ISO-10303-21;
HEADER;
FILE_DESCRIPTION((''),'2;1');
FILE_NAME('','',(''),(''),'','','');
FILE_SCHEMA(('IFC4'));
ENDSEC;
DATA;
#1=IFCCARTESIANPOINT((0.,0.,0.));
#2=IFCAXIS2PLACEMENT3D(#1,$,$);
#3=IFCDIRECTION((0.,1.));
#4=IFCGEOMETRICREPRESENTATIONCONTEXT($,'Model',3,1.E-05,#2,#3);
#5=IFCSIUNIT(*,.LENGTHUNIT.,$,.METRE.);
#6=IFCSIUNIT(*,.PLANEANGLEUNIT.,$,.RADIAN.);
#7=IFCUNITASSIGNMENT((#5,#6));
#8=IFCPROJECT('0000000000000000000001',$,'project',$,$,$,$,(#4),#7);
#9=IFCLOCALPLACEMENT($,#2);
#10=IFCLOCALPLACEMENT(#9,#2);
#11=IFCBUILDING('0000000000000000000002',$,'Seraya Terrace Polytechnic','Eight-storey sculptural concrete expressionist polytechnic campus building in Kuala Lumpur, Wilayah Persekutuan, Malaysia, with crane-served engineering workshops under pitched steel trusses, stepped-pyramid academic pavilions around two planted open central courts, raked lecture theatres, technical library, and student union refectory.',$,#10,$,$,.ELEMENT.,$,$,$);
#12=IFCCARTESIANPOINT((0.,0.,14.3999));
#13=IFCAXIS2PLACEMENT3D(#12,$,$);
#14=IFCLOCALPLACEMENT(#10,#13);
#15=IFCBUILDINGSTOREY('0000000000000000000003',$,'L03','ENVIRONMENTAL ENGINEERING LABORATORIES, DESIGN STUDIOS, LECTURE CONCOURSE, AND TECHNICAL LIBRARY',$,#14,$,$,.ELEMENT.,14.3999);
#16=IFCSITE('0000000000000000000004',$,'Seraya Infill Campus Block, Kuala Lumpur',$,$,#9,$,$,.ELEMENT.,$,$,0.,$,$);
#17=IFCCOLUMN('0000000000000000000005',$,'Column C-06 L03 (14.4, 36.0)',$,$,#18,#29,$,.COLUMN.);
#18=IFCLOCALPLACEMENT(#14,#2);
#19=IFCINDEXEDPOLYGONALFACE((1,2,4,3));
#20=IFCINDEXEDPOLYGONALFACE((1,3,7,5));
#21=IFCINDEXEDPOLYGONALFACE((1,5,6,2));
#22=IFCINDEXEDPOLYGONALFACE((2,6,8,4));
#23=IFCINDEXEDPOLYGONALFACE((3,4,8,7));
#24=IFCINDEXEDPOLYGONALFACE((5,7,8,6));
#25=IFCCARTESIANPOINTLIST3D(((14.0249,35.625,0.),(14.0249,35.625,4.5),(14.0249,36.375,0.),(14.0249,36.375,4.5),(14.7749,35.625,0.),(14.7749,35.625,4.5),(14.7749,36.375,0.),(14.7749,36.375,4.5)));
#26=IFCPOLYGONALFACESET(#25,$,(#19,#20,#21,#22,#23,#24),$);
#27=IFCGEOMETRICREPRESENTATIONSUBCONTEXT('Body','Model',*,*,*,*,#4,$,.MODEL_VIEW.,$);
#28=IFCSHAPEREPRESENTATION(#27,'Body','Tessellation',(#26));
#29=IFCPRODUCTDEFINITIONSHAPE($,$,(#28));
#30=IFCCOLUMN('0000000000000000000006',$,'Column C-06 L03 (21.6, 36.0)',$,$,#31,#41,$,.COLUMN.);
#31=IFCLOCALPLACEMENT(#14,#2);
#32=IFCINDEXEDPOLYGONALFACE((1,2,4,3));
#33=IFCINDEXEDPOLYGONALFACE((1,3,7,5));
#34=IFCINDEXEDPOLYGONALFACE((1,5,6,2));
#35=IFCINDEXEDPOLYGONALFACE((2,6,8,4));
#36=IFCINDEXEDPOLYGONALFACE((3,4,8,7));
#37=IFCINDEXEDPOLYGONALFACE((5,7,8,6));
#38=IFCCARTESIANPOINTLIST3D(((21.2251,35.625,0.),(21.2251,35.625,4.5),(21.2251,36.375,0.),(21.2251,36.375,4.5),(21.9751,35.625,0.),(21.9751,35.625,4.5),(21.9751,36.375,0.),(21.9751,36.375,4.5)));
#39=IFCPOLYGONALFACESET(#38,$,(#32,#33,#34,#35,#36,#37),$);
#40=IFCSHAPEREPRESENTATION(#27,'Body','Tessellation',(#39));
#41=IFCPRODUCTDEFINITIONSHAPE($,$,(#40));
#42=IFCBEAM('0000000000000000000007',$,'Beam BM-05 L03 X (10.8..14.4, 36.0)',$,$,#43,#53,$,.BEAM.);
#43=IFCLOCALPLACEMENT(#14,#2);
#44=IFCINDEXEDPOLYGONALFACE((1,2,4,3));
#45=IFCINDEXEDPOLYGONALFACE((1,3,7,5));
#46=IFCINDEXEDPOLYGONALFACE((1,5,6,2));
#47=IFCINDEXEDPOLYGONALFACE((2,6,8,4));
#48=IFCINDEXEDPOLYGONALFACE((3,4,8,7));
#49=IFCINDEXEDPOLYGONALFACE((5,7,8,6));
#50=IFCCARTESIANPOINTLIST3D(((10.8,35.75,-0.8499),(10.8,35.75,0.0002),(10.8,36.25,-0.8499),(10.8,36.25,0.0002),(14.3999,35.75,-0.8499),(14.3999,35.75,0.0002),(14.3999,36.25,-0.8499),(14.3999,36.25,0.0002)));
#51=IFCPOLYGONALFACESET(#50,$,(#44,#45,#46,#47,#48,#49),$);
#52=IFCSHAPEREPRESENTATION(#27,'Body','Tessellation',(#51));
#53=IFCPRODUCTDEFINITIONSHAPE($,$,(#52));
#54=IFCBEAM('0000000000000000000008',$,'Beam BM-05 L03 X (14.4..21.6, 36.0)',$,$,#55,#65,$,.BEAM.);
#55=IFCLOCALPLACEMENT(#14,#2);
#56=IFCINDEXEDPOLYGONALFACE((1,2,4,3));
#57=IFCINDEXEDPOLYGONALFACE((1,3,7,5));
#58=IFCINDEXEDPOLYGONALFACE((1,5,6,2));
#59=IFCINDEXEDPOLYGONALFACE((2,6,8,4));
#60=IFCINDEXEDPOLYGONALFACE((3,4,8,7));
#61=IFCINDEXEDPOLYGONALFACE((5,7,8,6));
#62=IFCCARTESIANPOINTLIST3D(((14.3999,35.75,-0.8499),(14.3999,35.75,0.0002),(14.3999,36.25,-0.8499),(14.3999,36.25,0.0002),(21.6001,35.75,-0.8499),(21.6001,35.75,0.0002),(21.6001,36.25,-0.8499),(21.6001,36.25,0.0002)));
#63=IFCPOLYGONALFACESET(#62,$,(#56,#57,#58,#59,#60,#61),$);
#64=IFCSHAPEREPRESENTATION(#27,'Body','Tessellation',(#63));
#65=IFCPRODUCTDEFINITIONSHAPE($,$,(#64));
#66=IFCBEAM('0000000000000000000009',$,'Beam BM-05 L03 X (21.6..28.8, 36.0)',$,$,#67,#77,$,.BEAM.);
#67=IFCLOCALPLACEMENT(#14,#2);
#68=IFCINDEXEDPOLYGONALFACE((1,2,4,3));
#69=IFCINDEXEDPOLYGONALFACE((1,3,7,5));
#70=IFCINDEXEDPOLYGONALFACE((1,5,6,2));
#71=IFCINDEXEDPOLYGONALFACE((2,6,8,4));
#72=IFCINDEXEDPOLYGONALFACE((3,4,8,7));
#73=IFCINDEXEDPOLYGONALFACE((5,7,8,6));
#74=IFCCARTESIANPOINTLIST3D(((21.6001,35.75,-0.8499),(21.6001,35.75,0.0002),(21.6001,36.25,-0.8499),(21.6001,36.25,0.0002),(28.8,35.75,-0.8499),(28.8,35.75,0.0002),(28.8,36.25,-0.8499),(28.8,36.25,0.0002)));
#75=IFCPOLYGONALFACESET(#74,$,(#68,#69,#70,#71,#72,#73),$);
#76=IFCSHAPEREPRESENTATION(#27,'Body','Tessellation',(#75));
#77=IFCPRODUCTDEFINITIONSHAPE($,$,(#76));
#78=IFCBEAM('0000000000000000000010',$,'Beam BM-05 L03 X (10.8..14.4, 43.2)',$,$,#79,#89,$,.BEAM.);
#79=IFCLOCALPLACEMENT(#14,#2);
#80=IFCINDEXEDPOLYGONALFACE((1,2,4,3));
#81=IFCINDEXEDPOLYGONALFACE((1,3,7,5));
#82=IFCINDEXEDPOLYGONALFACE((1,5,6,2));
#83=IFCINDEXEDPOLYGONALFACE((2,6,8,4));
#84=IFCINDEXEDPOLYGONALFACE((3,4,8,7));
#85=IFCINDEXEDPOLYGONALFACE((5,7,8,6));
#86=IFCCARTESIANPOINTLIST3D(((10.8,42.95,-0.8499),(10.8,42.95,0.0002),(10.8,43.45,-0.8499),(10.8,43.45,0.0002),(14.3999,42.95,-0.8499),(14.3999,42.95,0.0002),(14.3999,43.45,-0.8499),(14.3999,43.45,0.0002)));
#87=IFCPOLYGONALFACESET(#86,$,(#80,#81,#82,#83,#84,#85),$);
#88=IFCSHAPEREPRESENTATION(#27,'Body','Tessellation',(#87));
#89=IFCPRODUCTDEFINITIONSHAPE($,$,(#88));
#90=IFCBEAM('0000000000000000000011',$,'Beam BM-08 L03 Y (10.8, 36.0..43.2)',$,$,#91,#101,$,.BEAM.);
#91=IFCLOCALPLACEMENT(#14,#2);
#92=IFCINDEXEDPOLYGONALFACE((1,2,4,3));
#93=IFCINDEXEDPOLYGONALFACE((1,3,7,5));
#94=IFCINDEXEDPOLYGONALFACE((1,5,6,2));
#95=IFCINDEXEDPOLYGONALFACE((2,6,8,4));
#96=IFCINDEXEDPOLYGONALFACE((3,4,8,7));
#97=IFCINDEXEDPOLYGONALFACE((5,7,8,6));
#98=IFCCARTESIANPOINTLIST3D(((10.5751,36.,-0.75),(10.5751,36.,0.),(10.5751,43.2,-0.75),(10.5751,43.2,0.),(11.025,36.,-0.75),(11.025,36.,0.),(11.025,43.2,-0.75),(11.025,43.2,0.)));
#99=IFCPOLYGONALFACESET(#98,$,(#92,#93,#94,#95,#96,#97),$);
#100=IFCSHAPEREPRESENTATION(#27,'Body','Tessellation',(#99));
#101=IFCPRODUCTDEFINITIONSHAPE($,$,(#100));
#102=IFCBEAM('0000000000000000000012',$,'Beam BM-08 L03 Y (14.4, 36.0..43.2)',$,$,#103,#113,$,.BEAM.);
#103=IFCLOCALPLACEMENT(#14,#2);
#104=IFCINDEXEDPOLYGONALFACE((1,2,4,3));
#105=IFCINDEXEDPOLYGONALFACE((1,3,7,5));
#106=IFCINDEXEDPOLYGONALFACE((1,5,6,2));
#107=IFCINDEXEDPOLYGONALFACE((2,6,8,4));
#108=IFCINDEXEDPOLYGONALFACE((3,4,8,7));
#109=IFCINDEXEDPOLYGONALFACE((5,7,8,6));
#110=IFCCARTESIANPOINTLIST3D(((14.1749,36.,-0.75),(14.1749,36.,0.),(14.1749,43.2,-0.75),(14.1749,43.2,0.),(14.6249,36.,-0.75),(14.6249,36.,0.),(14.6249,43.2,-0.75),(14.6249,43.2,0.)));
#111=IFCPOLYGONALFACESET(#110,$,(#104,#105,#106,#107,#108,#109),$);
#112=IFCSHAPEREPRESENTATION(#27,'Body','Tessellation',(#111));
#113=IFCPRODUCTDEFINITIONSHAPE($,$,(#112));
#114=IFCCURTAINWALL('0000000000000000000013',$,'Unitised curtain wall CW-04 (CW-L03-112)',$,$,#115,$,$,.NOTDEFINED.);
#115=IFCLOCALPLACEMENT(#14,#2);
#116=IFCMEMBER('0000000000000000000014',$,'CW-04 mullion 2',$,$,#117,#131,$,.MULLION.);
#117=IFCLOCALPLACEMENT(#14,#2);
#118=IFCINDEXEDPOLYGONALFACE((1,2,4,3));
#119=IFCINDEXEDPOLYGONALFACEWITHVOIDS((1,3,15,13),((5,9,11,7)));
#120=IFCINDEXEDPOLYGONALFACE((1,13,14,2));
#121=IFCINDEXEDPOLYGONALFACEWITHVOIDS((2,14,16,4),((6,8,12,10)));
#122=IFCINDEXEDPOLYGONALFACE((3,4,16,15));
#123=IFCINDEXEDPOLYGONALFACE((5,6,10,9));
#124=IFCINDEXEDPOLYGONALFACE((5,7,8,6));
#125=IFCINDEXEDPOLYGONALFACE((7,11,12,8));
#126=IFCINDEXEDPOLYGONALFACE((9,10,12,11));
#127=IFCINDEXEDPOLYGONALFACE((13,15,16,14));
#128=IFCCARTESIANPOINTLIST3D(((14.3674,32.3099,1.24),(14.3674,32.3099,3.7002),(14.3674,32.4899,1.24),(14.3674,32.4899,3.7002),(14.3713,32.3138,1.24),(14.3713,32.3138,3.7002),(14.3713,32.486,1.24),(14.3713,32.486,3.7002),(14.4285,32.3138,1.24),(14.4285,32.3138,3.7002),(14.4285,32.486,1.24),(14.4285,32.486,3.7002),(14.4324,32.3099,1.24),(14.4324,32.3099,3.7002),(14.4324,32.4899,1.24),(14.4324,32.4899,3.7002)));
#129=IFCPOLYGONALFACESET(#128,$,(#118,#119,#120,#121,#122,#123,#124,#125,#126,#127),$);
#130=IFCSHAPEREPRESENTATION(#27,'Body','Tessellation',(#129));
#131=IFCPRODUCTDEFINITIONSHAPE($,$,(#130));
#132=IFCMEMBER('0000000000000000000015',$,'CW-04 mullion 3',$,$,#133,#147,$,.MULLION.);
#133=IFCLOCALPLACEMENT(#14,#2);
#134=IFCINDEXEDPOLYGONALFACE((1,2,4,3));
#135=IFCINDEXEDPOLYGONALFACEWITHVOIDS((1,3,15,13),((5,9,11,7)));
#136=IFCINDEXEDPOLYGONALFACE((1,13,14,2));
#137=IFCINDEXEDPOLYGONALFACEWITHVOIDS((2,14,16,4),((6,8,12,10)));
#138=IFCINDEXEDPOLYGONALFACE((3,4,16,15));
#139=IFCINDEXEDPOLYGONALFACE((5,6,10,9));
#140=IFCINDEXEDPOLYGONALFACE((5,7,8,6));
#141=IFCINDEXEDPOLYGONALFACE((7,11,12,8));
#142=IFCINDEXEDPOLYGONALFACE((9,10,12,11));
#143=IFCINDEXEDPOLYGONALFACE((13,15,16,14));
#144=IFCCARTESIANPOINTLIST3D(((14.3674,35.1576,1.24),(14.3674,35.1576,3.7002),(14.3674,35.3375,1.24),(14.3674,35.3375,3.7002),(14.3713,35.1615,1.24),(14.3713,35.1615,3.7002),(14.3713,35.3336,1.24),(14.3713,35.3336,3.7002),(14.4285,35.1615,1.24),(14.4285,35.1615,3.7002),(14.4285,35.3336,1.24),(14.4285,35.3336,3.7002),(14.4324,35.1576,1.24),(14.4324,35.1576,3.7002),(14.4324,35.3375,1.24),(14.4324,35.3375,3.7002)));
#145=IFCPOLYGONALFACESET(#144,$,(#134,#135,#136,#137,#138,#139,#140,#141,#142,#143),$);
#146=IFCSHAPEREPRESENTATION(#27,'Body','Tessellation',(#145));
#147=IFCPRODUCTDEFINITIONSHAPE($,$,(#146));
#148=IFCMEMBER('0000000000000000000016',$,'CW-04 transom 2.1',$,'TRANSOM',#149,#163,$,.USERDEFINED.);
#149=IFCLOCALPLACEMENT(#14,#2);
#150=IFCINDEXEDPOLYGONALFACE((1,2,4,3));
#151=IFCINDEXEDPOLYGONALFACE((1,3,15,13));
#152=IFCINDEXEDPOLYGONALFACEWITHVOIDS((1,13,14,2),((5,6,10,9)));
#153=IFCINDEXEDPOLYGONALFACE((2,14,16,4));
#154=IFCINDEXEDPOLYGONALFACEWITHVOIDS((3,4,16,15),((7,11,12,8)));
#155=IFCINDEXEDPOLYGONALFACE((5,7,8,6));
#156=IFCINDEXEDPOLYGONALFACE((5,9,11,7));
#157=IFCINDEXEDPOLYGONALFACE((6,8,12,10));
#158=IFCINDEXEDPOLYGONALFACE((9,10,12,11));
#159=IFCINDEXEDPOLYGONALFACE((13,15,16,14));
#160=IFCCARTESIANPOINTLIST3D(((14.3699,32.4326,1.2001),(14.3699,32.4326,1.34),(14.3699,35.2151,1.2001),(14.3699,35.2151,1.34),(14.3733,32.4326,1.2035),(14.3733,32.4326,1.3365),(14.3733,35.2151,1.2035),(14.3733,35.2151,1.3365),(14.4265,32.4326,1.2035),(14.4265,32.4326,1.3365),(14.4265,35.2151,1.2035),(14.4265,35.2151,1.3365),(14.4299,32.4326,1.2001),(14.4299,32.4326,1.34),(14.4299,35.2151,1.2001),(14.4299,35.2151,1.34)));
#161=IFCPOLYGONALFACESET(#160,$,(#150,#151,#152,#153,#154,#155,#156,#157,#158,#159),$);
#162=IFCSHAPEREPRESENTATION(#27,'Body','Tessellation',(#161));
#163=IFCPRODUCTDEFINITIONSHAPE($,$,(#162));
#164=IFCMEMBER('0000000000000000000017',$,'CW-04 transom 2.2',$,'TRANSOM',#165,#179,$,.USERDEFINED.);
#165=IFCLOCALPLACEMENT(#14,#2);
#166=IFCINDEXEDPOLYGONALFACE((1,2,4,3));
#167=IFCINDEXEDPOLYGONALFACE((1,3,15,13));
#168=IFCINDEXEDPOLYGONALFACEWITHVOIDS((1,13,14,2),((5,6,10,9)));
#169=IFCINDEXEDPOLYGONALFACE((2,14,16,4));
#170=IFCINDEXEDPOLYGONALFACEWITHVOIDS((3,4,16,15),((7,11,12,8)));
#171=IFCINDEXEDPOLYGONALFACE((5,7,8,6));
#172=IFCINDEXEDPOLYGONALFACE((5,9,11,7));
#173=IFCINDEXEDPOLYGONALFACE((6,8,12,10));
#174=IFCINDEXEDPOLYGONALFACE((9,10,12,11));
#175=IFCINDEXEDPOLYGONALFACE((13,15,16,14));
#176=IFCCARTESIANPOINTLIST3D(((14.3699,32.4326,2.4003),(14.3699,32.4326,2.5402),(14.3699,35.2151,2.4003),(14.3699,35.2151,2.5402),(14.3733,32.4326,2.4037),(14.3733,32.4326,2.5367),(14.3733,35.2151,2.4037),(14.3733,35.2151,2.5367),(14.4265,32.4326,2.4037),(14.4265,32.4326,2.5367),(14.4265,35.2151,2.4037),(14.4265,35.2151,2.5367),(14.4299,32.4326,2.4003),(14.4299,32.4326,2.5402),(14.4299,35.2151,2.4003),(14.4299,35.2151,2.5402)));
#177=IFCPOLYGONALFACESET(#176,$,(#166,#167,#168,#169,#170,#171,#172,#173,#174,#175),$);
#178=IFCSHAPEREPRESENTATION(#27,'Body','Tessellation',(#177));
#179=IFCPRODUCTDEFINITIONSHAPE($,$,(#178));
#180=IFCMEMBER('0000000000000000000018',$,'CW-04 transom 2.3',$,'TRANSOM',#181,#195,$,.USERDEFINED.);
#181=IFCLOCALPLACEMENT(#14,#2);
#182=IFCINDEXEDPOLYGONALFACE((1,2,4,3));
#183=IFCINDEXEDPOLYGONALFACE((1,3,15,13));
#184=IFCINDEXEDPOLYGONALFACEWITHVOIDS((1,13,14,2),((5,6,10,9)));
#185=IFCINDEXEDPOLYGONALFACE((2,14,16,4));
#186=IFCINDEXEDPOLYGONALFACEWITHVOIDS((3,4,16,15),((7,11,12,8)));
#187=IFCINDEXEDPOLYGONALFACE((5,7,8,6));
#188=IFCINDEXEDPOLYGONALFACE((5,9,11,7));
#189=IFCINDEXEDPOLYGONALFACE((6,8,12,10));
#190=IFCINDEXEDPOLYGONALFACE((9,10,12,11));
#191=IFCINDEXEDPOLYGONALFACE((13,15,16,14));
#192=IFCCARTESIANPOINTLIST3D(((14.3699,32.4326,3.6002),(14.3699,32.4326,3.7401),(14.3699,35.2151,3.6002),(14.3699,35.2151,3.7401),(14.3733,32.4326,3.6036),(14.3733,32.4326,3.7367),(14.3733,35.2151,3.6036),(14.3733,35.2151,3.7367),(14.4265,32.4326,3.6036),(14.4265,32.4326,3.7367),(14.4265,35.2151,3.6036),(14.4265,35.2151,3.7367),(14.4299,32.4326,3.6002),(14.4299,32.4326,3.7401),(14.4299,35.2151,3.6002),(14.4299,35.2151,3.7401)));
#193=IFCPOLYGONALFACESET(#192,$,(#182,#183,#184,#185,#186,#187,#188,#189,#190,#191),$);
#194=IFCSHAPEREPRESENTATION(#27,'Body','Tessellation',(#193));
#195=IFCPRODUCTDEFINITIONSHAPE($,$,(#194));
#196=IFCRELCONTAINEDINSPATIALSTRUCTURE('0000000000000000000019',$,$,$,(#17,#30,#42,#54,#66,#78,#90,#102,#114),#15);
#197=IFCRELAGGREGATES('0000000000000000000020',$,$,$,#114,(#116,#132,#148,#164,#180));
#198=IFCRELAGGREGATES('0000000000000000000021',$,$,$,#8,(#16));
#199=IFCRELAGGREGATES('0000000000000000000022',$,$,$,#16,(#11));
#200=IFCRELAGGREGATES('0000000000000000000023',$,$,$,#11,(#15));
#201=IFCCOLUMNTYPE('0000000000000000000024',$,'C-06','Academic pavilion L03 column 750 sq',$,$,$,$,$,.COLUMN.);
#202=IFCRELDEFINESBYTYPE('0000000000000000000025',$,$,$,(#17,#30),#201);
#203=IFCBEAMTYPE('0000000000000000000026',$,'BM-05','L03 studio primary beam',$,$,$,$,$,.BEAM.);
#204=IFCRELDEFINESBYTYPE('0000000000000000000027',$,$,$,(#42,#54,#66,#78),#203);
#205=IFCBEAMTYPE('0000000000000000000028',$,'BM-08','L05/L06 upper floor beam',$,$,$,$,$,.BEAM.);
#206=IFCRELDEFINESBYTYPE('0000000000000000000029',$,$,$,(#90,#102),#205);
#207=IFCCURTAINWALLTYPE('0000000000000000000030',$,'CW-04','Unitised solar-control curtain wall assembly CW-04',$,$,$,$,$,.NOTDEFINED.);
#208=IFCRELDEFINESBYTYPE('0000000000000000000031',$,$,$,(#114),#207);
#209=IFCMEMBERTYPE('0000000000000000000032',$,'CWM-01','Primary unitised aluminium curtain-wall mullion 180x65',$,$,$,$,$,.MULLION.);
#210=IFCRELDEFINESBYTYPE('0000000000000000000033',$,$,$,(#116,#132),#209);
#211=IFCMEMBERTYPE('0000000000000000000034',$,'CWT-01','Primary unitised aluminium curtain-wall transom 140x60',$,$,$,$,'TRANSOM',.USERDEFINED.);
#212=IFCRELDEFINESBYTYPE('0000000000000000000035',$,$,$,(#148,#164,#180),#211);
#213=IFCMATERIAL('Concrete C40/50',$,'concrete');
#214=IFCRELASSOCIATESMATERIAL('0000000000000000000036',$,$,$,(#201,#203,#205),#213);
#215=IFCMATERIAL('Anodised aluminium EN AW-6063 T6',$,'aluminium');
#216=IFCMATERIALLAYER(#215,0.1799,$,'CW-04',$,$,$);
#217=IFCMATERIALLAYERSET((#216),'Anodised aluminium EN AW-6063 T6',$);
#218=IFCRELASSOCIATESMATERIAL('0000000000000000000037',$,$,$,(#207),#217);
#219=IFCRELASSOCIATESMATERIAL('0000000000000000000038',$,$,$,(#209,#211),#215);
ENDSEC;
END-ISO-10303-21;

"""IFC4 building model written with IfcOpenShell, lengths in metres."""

from ifc_helpers import new_model, si_unit, direction, frame, origin, origin_2d, place, context, subcontext, project, spatial, rectangle, hollow_rectangle, extrude, material, layer, layer_set, material_profile, profile_set, type_object, element, aggregate, save


model = new_model("IFC4")

# Units and contexts
model_context = context("Model", 3, precision=1e-05, world=origin(), true_north=direction((0.0, 1.0)))
body_context = subcontext(model_context, "Body", "Model", "MODEL_VIEW")
ifc_project = project(units=[si_unit("LENGTHUNIT", "METRE"), si_unit("PLANEANGLEUNIT", "RADIAN")], contexts=[model_context])

# Site, building, storey
site_placement = place(None, origin())
site = spatial("IfcSite", under=ifc_project, at=site_placement, Name="Seraya Infill Campus Block, Kuala Lumpur", CompositionType="ELEMENT", RefElevation=0.0)
building_placement = place(site_placement, origin())
building = spatial("IfcBuilding", under=site, at=building_placement, Name="Seraya Terrace Polytechnic", Description="Eight-storey sculptural concrete expressionist polytechnic campus building in Kuala Lumpur, Wilayah Persekutuan, Malaysia, with crane-served engineering workshops under pitched steel trusses, stepped-pyramid academic pavilions around two planted open central courts, raked lecture theatres, technical library, and student union refectory.", CompositionType="ELEMENT")
storey_placement = place(building_placement, frame((0.0, 0.0, 14.3999)))
storey = spatial("IfcBuildingStorey", under=building, at=storey_placement, Name="L03", Description="ENVIRONMENTAL ENGINEERING LABORATORIES, DESIGN STUDIOS, LECTURE CONCOURSE, AND TECHNICAL LIBRARY", CompositionType="ELEMENT", Elevation=14.3999)

# Columns
ifc_material_1 = material(Name="Concrete C40/50", Category="concrete")
ifc_material_profile_1 = material_profile(ifc_material_1, rectangle(XDim=0.75, YDim=0.75, at=origin_2d()), Name="RC 750x750")
ifc_profile_set_1 = profile_set([ifc_material_profile_1], Name="Concrete C40/50")
column_type = type_object("IfcColumnType", Name="C-06", Description="Academic pavilion L03 column 750 sq", PredefinedType="COLUMN", material=ifc_profile_set_1)
for number, where, z_axis, x_axis, name in (
    (1, (14.3999, 36.0, 0.0), (0.0, 0.0, 1.0), (1.0, 0.0, 0.0), "Column C-06 L03 (14.4, 36.0)"),
    (2, (21.6001, 36.0, 0.0), (0.0, 0.0, 1.0), (1.0, 0.0, 0.0), "Column C-06 L03 (21.6, 36.0)"),
):
    element("IfcColumn", number, at=place(storey_placement, frame(where, z_axis=z_axis, x_axis=x_axis)), inside=storey, type_object=column_type, Name=name, PredefinedType="COLUMN", context=body_context, shape_type="SweptSolid", body=[
        extrude(rectangle(XDim=0.75, YDim=0.75, at=origin_2d()), origin(), (0.0, 0.0, 1.0), 4.5),
    ])

# Beams
ifc_material_profile_2 = material_profile(ifc_material_1, rectangle(XDim=0.5, YDim=0.8501, at=origin_2d()), Name="RC 500x850")
ifc_profile_set_2 = profile_set([ifc_material_profile_2], Name="Concrete C40/50")
beam_type_1 = type_object("IfcBeamType", Name="BM-05", Description="L03 studio primary beam", PredefinedType="BEAM", material=ifc_profile_set_2)
beam_1_placement = place(storey_placement, frame((10.8, 36.0, -0.4248), z_axis=(1.0, 0.0, 0.0), x_axis=(0.0, 1.0, 0.0)))
element("IfcBeam", 3, at=beam_1_placement, inside=storey, type_object=beam_type_1, Name="Beam BM-05 L03 X (10.8..14.4, 36.0)", PredefinedType="BEAM", context=body_context, shape_type="SweptSolid", body=[
    extrude(rectangle(XDim=0.5, YDim=0.8501, at=origin_2d()), origin(), (0.0, 0.0, 1.0), 3.5999),
])
beam_2_placement = place(storey_placement, frame((14.3999, 36.0, -0.4248), z_axis=(1.0, 0.0, 0.0), x_axis=(0.0, 1.0, 0.0)))
element("IfcBeam", 4, at=beam_2_placement, inside=storey, type_object=beam_type_1, Name="Beam BM-05 L03 X (14.4..21.6, 36.0)", PredefinedType="BEAM", context=body_context, shape_type="SweptSolid", body=[
    extrude(rectangle(XDim=0.5, YDim=0.8501, at=origin_2d()), origin(), (0.0, 0.0, 1.0), 7.2002),
])
beam_3_placement = place(storey_placement, frame((21.6001, 36.0, -0.4248), z_axis=(1.0, 0.0, 0.0), x_axis=(0.0, 1.0, 0.0)))
element("IfcBeam", 5, at=beam_3_placement, inside=storey, type_object=beam_type_1, Name="Beam BM-05 L03 X (21.6..28.8, 36.0)", PredefinedType="BEAM", context=body_context, shape_type="SweptSolid", body=[
    extrude(rectangle(XDim=0.5, YDim=0.8501, at=origin_2d()), origin(), (0.0, 0.0, 1.0), 7.2),
])
beam_4_placement = place(storey_placement, frame((10.8, 43.2, -0.4248), z_axis=(1.0, 0.0, 0.0), x_axis=(0.0, 1.0, 0.0)))
element("IfcBeam", 6, at=beam_4_placement, inside=storey, type_object=beam_type_1, Name="Beam BM-05 L03 X (10.8..14.4, 43.2)", PredefinedType="BEAM", context=body_context, shape_type="SweptSolid", body=[
    extrude(rectangle(XDim=0.5, YDim=0.8501, at=origin_2d()), origin(), (0.0, 0.0, 1.0), 3.5999),
])
ifc_material_profile_3 = material_profile(ifc_material_1, rectangle(XDim=0.45, YDim=0.75, at=origin_2d()), Name="RC 450x750")
ifc_profile_set_3 = profile_set([ifc_material_profile_3], Name="Concrete C40/50")
beam_type_2 = type_object("IfcBeamType", Name="BM-08", Description="L05/L06 upper floor beam", PredefinedType="BEAM", material=ifc_profile_set_3)
for number, where, z_axis, x_axis, name in (
    (7, (10.8, 36.0, -0.375), (0.0, 1.0, 0.0), (-1.0, 0.0, 0.0), "Beam BM-08 L03 Y (10.8, 36.0..43.2)"),
    (8, (14.3999, 36.0, -0.375), (0.0, 1.0, 0.0), (-1.0, 0.0, 0.0), "Beam BM-08 L03 Y (14.4, 36.0..43.2)"),
):
    element("IfcBeam", number, at=place(storey_placement, frame(where, z_axis=z_axis, x_axis=x_axis)), inside=storey, type_object=beam_type_2, Name=name, PredefinedType="BEAM", context=body_context, shape_type="SweptSolid", body=[
        extrude(rectangle(XDim=0.45, YDim=0.75, at=origin_2d()), origin(), (0.0, 0.0, 1.0), 7.2),
    ])

# Curtain wall, members
ifc_material_2 = material(Name="Anodised aluminium EN AW-6063 T6", Category="aluminium")
ifc_layer_1 = layer(ifc_material_2, 0.1799, Name="CW-04")
ifc_layer_set_1 = layer_set([ifc_layer_1], Name="Anodised aluminium EN AW-6063 T6")
curtain_wall_type = type_object("IfcCurtainWallType", Name="CW-04", Description="Unitised solar-control curtain wall assembly CW-04", PredefinedType="NOTDEFINED", material=ifc_layer_set_1)
curtain_wall_placement = place(storey_placement, origin())
curtain_wall = element("IfcCurtainWall", 9, at=curtain_wall_placement, inside=storey, type_object=curtain_wall_type, Name="Unitised curtain wall CW-04 (CW-L03-112)", PredefinedType="NOTDEFINED")
ifc_material_profile_4 = material_profile(ifc_material_2, hollow_rectangle(XDim=0.0649, YDim=0.1799, WallThickness=0.0039, at=origin_2d()), Name="RHS 180x65x4.0")
ifc_profile_set_4 = profile_set([ifc_material_profile_4], Name="Anodised aluminium EN AW-6063 T6")
member_type_1 = type_object("IfcMemberType", Name="CWM-01", Description="Primary unitised aluminium curtain-wall mullion 180x65", PredefinedType="MULLION", material=ifc_profile_set_4)
member_1_placement = place(storey_placement, frame((14.3999, 32.3999, 1.24), z_axis=(0.0, 0.0, 1.0), x_axis=(-1.0, 0.0, 0.0)))
member_1 = element("IfcMember", 10, at=member_1_placement, type_object=member_type_1, Name="CW-04 mullion 2", PredefinedType="MULLION", context=body_context, shape_type="SweptSolid", body=[
    extrude(hollow_rectangle(XDim=0.0649, YDim=0.1799, WallThickness=0.0039, at=origin_2d()), origin(), (0.0, 0.0, 1.0), 2.4602),
])
member_2_placement = place(storey_placement, frame((14.3999, 35.2476, 1.24), z_axis=(0.0, 0.0, 1.0), x_axis=(-1.0, 0.0, 0.0)))
member_2 = element("IfcMember", 11, at=member_2_placement, type_object=member_type_1, Name="CW-04 mullion 3", PredefinedType="MULLION", context=body_context, shape_type="SweptSolid", body=[
    extrude(hollow_rectangle(XDim=0.0649, YDim=0.1799, WallThickness=0.0039, at=origin_2d()), origin(), (0.0, 0.0, 1.0), 2.4602),
])
ifc_material_profile_5 = material_profile(ifc_material_2, hollow_rectangle(XDim=0.0601, YDim=0.1399, WallThickness=0.0034, at=origin_2d()), Name="RHS 140x60x3.5")
ifc_profile_set_5 = profile_set([ifc_material_profile_5], Name="Anodised aluminium EN AW-6063 T6")
member_type_2 = type_object("IfcMemberType", Name="CWT-01", Description="Primary unitised aluminium curtain-wall transom 140x60", ElementType="TRANSOM", PredefinedType="USERDEFINED", material=ifc_profile_set_5)
member_3_placement = place(storey_placement, frame((14.3999, 32.4326, 1.27), z_axis=(0.0, 1.0, 0.0), x_axis=(-1.0, 0.0, 0.0)))
member_3 = element("IfcMember", 12, at=member_3_placement, type_object=member_type_2, Name="CW-04 transom 2.1", ObjectType="TRANSOM", PredefinedType="USERDEFINED", context=body_context, shape_type="SweptSolid", body=[
    extrude(hollow_rectangle(XDim=0.0601, YDim=0.1399, WallThickness=0.0034, at=origin_2d()), origin(), (0.0, 0.0, 1.0), 2.7825),
])
member_4_placement = place(storey_placement, frame((14.3999, 32.4326, 2.4702), z_axis=(0.0, 1.0, 0.0), x_axis=(-1.0, 0.0, 0.0)))
member_4 = element("IfcMember", 13, at=member_4_placement, type_object=member_type_2, Name="CW-04 transom 2.2", ObjectType="TRANSOM", PredefinedType="USERDEFINED", context=body_context, shape_type="SweptSolid", body=[
    extrude(hollow_rectangle(XDim=0.0601, YDim=0.1399, WallThickness=0.0034, at=origin_2d()), origin(), (0.0, 0.0, 1.0), 2.7825),
])
member_5_placement = place(storey_placement, frame((14.3999, 32.4326, 3.6702), z_axis=(0.0, 1.0, 0.0), x_axis=(-1.0, 0.0, 0.0)))
member_5 = element("IfcMember", 14, at=member_5_placement, type_object=member_type_2, Name="CW-04 transom 2.3", ObjectType="TRANSOM", PredefinedType="USERDEFINED", context=body_context, shape_type="SweptSolid", body=[
    extrude(hollow_rectangle(XDim=0.0601, YDim=0.1399, WallThickness=0.0034, at=origin_2d()), origin(), (0.0, 0.0, 1.0), 2.7825),
])
aggregate(curtain_wall, [member_1, member_2, member_3, member_4, member_5])

save(model, "model.ifc")
